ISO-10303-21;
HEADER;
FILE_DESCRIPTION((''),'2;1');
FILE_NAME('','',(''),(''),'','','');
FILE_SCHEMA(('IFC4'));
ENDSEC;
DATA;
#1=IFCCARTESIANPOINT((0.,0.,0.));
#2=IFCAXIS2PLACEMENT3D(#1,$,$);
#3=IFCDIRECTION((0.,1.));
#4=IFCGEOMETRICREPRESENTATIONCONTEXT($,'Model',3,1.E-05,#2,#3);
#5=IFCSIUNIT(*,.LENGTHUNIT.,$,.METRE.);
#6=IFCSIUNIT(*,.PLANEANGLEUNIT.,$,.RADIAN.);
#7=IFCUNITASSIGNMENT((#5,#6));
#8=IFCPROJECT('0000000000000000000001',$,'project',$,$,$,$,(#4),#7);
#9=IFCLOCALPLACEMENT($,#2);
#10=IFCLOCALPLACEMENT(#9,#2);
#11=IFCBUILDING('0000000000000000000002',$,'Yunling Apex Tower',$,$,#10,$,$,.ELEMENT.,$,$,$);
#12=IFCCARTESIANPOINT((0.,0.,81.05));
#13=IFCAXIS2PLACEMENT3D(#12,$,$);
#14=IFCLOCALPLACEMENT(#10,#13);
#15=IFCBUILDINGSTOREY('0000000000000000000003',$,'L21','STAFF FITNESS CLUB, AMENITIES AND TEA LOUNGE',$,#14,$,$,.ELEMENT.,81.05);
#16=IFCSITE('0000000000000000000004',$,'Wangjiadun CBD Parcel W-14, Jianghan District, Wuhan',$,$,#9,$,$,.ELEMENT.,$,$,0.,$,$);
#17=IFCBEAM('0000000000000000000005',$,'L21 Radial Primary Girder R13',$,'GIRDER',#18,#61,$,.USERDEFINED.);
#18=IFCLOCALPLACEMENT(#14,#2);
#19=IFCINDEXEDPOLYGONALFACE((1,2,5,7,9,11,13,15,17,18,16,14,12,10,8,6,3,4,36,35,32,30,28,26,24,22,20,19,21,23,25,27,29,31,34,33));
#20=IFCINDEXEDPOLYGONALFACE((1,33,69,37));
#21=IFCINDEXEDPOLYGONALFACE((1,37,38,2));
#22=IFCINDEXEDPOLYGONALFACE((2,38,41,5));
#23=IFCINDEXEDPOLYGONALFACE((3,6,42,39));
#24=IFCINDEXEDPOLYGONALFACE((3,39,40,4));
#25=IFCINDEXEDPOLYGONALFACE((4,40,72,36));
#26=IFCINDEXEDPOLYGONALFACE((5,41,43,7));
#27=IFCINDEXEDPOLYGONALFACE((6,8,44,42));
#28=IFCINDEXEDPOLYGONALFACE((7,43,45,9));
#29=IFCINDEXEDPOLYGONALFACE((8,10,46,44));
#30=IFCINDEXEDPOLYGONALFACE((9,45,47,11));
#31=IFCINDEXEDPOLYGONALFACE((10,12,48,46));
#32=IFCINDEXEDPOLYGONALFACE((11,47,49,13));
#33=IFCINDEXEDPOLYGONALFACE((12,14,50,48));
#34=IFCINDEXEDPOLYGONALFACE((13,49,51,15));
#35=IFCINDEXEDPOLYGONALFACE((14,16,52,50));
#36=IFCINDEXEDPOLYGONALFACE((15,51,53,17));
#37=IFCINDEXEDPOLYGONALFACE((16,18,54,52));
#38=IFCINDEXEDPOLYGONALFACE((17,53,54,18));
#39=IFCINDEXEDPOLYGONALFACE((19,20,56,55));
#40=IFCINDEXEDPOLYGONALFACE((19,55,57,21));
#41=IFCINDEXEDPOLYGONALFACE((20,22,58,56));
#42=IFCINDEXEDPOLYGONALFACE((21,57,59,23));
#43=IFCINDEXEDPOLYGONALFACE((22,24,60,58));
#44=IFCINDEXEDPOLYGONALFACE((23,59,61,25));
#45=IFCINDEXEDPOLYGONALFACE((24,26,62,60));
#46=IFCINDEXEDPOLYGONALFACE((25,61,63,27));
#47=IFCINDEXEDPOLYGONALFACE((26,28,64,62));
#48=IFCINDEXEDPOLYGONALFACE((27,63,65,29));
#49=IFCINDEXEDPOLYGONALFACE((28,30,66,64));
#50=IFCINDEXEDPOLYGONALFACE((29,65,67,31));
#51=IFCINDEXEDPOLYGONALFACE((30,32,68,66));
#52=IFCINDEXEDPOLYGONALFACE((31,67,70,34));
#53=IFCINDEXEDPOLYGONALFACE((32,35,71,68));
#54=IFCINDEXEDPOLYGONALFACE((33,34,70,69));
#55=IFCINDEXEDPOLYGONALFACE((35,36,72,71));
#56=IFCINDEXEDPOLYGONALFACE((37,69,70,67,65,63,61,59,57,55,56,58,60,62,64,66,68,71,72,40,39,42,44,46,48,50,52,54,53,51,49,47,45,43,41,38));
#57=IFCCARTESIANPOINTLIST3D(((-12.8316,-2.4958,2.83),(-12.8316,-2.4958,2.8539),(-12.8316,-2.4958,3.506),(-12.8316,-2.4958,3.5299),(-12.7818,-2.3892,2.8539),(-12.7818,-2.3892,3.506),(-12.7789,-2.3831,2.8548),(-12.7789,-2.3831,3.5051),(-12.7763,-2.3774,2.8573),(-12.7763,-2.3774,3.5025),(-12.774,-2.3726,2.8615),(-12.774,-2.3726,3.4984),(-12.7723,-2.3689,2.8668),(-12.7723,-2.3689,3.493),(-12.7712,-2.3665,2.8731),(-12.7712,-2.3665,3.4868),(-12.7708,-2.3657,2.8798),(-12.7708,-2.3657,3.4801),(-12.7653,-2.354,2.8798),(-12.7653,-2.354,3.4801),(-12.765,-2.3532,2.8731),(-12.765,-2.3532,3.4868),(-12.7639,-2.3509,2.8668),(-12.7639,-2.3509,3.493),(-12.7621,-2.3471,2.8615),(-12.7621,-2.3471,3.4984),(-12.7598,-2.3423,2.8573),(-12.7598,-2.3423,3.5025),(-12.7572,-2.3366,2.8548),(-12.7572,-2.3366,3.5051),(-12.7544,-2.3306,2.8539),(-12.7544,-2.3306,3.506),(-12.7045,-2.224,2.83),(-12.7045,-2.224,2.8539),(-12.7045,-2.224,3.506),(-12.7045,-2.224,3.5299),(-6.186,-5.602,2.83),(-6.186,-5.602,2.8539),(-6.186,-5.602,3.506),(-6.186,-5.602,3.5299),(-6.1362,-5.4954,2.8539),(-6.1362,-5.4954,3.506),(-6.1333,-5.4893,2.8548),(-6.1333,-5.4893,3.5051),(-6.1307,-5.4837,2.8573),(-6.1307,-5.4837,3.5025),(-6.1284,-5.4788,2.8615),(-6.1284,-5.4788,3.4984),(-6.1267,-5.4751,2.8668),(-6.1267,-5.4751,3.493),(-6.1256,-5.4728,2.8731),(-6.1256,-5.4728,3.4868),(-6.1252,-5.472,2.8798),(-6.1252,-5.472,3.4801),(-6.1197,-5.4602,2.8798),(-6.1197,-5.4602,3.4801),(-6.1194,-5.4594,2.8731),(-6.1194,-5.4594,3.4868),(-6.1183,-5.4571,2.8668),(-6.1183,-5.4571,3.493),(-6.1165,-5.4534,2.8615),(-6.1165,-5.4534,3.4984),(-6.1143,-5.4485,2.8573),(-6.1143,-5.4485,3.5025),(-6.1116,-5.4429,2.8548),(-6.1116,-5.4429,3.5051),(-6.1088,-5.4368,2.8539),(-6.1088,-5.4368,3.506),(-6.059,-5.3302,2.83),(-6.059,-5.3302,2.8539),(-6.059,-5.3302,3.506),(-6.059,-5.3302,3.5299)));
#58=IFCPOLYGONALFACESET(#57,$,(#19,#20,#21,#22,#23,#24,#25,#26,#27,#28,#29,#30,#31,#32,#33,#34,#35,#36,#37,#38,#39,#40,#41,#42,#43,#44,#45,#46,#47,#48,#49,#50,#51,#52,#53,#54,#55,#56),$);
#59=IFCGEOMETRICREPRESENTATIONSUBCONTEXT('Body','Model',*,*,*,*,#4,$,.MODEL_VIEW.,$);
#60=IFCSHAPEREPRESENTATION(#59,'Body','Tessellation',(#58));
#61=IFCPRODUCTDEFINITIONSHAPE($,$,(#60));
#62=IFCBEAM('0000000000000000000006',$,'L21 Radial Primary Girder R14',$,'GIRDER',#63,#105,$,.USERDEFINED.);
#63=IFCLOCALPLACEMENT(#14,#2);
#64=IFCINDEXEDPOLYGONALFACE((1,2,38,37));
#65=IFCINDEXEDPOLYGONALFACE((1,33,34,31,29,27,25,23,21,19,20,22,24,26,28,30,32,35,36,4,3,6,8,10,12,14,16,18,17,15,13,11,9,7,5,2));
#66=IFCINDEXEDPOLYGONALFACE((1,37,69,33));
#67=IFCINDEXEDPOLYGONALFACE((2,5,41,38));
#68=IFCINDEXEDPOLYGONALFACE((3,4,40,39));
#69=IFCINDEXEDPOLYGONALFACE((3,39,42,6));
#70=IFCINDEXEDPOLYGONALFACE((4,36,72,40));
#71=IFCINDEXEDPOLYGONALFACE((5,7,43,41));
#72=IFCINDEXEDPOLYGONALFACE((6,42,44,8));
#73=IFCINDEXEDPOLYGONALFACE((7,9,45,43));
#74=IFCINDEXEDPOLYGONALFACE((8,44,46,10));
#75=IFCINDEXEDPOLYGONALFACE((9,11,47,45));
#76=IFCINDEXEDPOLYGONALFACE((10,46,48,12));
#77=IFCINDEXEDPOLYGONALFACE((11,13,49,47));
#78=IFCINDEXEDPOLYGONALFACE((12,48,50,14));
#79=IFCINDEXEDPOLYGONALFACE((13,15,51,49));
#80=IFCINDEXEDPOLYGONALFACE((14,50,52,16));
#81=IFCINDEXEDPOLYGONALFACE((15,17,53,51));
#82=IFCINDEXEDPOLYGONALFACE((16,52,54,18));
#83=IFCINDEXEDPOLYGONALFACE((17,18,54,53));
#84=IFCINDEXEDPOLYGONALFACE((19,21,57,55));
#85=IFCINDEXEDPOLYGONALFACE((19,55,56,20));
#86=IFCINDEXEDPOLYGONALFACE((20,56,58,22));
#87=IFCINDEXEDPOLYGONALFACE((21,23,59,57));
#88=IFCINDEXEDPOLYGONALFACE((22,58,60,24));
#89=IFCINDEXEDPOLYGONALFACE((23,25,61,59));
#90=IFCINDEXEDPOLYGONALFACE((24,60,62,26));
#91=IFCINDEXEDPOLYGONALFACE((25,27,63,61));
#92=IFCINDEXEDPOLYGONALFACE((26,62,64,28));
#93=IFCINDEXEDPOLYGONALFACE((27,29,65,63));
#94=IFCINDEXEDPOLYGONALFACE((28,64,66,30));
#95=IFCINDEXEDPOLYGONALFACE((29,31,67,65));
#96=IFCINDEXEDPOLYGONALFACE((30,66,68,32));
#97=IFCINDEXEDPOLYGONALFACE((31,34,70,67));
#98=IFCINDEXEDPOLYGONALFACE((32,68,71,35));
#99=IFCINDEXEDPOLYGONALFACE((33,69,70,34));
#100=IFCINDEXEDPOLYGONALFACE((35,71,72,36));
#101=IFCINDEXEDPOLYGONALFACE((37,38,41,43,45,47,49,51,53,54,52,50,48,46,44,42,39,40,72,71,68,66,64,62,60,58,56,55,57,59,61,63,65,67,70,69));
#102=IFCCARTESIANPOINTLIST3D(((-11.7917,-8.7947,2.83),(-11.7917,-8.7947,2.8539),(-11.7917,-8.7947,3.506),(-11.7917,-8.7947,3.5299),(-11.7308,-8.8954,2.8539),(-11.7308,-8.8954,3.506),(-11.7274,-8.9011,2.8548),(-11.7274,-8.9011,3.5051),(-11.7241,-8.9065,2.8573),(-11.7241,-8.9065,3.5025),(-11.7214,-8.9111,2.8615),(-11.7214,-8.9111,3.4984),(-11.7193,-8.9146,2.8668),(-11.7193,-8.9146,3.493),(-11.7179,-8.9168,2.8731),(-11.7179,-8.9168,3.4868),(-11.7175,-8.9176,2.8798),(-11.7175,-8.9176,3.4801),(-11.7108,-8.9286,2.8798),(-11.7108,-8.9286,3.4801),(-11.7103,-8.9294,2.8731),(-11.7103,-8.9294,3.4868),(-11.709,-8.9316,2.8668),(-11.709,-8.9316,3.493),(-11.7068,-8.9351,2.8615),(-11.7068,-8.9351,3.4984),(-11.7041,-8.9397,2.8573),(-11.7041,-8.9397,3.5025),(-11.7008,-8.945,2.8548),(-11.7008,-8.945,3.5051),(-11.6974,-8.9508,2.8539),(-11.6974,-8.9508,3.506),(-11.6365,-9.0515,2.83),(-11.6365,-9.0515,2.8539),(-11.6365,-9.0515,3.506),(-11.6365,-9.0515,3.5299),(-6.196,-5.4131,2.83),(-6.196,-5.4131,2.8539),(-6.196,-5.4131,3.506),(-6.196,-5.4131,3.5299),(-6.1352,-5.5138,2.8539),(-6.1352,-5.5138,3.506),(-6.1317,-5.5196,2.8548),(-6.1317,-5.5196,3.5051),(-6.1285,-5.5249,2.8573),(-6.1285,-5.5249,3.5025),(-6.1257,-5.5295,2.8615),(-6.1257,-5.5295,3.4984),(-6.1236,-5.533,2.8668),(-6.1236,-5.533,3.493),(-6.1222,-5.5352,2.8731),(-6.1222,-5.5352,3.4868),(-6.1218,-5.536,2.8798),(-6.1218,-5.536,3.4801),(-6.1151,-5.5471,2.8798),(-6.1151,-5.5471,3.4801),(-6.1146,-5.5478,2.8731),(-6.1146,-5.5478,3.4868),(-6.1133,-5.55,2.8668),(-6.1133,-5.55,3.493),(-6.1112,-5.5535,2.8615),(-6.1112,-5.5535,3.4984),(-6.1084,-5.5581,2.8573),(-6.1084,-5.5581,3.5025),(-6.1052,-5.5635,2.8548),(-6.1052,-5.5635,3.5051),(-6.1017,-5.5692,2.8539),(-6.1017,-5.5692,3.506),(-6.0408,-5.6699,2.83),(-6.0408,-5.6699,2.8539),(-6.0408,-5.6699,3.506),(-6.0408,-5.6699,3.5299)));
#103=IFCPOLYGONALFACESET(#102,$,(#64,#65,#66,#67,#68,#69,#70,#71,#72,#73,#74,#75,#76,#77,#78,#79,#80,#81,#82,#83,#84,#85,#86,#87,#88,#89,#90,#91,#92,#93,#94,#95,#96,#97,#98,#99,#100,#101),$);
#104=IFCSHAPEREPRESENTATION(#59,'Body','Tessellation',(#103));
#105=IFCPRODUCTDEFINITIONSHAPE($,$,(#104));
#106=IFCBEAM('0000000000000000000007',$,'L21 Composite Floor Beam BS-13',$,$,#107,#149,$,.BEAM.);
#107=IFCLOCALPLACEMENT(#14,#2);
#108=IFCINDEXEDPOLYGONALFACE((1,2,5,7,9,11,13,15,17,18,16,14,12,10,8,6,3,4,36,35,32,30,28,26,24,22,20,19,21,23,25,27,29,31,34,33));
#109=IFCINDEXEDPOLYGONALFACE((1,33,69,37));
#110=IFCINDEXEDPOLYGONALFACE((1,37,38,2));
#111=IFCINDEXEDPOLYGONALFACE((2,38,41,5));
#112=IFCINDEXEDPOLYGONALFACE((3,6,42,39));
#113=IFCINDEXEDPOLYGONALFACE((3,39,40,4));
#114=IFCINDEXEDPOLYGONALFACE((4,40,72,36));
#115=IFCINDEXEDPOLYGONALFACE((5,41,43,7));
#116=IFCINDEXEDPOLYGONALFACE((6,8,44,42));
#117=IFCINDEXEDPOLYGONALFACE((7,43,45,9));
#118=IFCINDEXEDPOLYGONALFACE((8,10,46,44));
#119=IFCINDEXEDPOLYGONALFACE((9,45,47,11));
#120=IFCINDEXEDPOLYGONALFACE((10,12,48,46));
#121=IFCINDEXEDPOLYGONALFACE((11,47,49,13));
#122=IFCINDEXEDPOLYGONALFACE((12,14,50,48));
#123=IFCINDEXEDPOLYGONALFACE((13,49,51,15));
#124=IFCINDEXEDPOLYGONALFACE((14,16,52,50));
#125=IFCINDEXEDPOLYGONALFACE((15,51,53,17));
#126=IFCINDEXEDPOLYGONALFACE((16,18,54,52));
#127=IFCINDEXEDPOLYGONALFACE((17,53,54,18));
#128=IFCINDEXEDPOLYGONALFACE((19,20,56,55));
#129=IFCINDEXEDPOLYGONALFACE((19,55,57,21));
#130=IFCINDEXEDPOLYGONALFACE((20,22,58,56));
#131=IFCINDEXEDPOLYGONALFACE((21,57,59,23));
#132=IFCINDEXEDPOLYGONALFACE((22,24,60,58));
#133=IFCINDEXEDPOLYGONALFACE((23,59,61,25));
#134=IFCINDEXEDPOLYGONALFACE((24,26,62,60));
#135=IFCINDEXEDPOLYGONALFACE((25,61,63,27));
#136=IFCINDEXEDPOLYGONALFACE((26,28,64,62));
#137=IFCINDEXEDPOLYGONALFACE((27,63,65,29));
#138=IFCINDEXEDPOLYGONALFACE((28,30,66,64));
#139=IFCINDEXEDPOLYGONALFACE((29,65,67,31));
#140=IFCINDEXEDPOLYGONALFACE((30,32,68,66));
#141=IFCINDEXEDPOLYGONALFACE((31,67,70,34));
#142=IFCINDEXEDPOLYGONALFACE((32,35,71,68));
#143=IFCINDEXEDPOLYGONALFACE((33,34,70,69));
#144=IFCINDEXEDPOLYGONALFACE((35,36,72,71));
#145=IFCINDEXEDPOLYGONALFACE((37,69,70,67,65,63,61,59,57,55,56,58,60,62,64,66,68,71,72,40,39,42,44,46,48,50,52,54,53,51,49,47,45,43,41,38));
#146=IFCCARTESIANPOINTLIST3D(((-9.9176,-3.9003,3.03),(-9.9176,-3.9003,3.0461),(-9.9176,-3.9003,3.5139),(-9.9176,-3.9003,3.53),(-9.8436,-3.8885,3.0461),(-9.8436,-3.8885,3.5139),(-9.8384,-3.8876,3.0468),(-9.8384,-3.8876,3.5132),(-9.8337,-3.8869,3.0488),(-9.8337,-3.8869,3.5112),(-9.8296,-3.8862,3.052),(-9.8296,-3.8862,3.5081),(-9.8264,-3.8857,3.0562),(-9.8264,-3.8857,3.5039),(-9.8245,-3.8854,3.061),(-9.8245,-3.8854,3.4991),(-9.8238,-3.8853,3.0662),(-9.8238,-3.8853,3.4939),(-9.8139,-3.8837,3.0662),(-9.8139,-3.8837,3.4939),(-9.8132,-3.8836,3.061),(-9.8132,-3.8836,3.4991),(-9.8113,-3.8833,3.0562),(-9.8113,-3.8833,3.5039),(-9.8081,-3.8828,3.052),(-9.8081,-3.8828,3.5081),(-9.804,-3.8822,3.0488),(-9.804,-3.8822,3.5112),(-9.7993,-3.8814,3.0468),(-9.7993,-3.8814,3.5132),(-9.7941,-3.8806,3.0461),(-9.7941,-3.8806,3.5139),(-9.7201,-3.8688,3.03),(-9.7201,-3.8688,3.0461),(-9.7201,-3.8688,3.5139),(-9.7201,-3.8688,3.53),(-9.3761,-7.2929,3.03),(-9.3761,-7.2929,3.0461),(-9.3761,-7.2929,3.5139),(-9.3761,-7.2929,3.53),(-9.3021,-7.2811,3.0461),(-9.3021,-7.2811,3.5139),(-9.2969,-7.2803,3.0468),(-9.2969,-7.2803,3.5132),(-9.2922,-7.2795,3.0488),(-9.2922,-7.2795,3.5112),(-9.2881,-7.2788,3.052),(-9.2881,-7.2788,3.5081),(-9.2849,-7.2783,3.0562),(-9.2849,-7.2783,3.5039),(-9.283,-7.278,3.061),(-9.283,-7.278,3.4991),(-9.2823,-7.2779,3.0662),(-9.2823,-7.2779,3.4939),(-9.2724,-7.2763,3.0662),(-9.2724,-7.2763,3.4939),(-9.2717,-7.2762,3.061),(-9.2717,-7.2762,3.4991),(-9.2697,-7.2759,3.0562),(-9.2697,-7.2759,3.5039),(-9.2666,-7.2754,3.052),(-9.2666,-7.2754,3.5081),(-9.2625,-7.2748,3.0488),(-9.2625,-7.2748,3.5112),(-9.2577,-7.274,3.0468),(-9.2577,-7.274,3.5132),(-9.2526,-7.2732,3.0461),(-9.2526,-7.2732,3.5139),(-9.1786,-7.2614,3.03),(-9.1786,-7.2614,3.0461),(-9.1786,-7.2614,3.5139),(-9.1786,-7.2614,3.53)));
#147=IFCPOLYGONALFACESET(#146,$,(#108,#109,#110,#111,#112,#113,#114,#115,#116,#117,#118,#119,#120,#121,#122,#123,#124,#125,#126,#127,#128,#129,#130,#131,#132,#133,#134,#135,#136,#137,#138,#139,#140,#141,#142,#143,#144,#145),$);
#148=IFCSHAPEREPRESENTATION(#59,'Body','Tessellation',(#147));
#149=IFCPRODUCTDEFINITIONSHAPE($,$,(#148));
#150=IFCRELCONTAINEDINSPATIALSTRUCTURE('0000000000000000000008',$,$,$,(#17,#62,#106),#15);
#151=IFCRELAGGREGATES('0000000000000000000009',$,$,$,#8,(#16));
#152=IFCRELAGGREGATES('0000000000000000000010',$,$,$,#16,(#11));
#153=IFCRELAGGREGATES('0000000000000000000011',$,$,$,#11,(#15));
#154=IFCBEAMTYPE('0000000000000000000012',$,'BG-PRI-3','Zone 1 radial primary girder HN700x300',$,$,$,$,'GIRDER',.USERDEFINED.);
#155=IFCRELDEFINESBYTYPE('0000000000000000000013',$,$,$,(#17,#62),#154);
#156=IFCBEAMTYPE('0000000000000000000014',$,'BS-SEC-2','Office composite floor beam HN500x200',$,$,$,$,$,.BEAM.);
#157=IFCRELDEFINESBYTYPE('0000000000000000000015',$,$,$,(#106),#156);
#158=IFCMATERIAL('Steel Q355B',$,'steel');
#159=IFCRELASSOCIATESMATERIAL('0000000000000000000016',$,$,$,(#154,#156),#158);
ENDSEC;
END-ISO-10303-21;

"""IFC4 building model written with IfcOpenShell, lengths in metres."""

from ifc_helpers import new_model, si_unit, direction, frame, origin, origin_2d, place, context, subcontext, project, spatial, i_section, extrude, source, transform, mapped, material, material_profile, profile_set, type_object, element, save


model = new_model("IFC4")

# Units and contexts
model_context = context("Model", 3, precision=1e-05, world=origin(), true_north=direction((0.0, 1.0)))
body_context = subcontext(model_context, "Body", "Model", "MODEL_VIEW")
ifc_project = project(units=[si_unit("LENGTHUNIT", "METRE"), si_unit("PLANEANGLEUNIT", "RADIAN")], contexts=[model_context])

# Site, building, storey
site_placement = place(None, origin())
site = spatial("IfcSite", under=ifc_project, at=site_placement, Name="Wangjiadun CBD Parcel W-14, Jianghan District, Wuhan", CompositionType="ELEMENT", RefElevation=0.0)
building_placement = place(site_placement, origin())
building = spatial("IfcBuilding", under=site, at=building_placement, Name="Yunling Apex Tower", CompositionType="ELEMENT")
storey_placement = place(building_placement, frame((0.0, 0.0, 81.05)))
storey = spatial("IfcBuildingStorey", under=building, at=storey_placement, Name="L21", Description="STAFF FITNESS CLUB, AMENITIES AND TEA LOUNGE", CompositionType="ELEMENT", Elevation=81.05)

# Beams
ifc_material_1 = material(Name="Steel Q355B", Category="steel")
ifc_material_profile_1 = material_profile(ifc_material_1, i_section(OverallWidth=0.3, OverallDepth=0.7, WebThickness=0.0129, FlangeThickness=0.0239, FilletRadius=0.0259, at=origin_2d()))
ifc_profile_set_1 = profile_set([ifc_material_profile_1], Name="Steel Q355B")
beam_type_1 = type_object("IfcBeamType", Name="BG-PRI-3", Description="Zone 1 radial primary girder HN700x300", ElementType="GIRDER", PredefinedType="USERDEFINED", material=ifc_profile_set_1)
shared_shape_1 = source(origin(), body_context, "Body", "SweptSolid", [
    extrude(i_section(OverallWidth=0.3, OverallDepth=0.7, WebThickness=0.0129, FlangeThickness=0.0239, FilletRadius=0.0259, at=origin_2d()), origin(), (0.0, 0.0, 1.0), 7.3357),
])
beam_1_placement = place(storey_placement, frame((-12.7681, -2.3599, 3.1799), z_axis=(0.905924, -0.423441, 0.0), x_axis=(0.423441, 0.905924, 0.0)))
element("IfcBeam", 1, at=beam_1_placement, inside=storey, type_object=beam_type_1, Name="L21 Radial Primary Girder R13", ObjectType="GIRDER", PredefinedType="USERDEFINED", context=body_context, shape_type="MappedRepresentation", body=[
    mapped(shared_shape_1, transform((0.0, 0.0, 0.0), scale=1.0)),
])
shared_shape_2 = source(origin(), body_context, "Body", "SweptSolid", [
    extrude(i_section(OverallWidth=0.3, OverallDepth=0.7, WebThickness=0.0129, FlangeThickness=0.0239, FilletRadius=0.0259, at=origin_2d()), origin(), (0.0, 0.0, 1.0), 6.5381),
])
beam_2_placement = place(storey_placement, frame((-11.7141, -8.9231, 3.1799), z_axis=(0.855858, 0.517211, 0.0), x_axis=(-0.517211, 0.855858, 0.0)))
element("IfcBeam", 2, at=beam_2_placement, inside=storey, type_object=beam_type_1, Name="L21 Radial Primary Girder R14", ObjectType="GIRDER", PredefinedType="USERDEFINED", context=body_context, shape_type="MappedRepresentation", body=[
    mapped(shared_shape_2, transform((0.0, 0.0, 0.0), scale=1.0)),
])
ifc_material_profile_2 = material_profile(ifc_material_1, i_section(OverallWidth=0.2, OverallDepth=0.5, WebThickness=0.01, FlangeThickness=0.0161, FilletRadius=0.02, at=origin_2d()))
ifc_profile_set_2 = profile_set([ifc_material_profile_2], Name="Steel Q355B")
beam_type_2 = type_object("IfcBeamType", Name="BS-SEC-2", Description="Office composite floor beam HN500x200", PredefinedType="BEAM", material=ifc_profile_set_2)
shared_shape_3 = source(origin(), body_context, "Body", "SweptSolid", [
    extrude(i_section(OverallWidth=0.2, OverallDepth=0.5, WebThickness=0.01, FlangeThickness=0.0161, FilletRadius=0.02, at=origin_2d()), origin(), (0.0, 0.0, 1.0), 3.4355),
])
beam_3_placement = place(storey_placement, frame((-9.8188, -3.8845, 3.28), z_axis=(0.157619, -0.9875, 0.0), x_axis=(0.9875, 0.157619, 0.0)))
element("IfcBeam", 3, at=beam_3_placement, inside=storey, type_object=beam_type_2, Name="L21 Composite Floor Beam BS-13", PredefinedType="BEAM", context=body_context, shape_type="MappedRepresentation", body=[
    mapped(shared_shape_3, transform((0.0, 0.0, 0.0), scale=1.0)),
])

save(model, "model.ifc")
